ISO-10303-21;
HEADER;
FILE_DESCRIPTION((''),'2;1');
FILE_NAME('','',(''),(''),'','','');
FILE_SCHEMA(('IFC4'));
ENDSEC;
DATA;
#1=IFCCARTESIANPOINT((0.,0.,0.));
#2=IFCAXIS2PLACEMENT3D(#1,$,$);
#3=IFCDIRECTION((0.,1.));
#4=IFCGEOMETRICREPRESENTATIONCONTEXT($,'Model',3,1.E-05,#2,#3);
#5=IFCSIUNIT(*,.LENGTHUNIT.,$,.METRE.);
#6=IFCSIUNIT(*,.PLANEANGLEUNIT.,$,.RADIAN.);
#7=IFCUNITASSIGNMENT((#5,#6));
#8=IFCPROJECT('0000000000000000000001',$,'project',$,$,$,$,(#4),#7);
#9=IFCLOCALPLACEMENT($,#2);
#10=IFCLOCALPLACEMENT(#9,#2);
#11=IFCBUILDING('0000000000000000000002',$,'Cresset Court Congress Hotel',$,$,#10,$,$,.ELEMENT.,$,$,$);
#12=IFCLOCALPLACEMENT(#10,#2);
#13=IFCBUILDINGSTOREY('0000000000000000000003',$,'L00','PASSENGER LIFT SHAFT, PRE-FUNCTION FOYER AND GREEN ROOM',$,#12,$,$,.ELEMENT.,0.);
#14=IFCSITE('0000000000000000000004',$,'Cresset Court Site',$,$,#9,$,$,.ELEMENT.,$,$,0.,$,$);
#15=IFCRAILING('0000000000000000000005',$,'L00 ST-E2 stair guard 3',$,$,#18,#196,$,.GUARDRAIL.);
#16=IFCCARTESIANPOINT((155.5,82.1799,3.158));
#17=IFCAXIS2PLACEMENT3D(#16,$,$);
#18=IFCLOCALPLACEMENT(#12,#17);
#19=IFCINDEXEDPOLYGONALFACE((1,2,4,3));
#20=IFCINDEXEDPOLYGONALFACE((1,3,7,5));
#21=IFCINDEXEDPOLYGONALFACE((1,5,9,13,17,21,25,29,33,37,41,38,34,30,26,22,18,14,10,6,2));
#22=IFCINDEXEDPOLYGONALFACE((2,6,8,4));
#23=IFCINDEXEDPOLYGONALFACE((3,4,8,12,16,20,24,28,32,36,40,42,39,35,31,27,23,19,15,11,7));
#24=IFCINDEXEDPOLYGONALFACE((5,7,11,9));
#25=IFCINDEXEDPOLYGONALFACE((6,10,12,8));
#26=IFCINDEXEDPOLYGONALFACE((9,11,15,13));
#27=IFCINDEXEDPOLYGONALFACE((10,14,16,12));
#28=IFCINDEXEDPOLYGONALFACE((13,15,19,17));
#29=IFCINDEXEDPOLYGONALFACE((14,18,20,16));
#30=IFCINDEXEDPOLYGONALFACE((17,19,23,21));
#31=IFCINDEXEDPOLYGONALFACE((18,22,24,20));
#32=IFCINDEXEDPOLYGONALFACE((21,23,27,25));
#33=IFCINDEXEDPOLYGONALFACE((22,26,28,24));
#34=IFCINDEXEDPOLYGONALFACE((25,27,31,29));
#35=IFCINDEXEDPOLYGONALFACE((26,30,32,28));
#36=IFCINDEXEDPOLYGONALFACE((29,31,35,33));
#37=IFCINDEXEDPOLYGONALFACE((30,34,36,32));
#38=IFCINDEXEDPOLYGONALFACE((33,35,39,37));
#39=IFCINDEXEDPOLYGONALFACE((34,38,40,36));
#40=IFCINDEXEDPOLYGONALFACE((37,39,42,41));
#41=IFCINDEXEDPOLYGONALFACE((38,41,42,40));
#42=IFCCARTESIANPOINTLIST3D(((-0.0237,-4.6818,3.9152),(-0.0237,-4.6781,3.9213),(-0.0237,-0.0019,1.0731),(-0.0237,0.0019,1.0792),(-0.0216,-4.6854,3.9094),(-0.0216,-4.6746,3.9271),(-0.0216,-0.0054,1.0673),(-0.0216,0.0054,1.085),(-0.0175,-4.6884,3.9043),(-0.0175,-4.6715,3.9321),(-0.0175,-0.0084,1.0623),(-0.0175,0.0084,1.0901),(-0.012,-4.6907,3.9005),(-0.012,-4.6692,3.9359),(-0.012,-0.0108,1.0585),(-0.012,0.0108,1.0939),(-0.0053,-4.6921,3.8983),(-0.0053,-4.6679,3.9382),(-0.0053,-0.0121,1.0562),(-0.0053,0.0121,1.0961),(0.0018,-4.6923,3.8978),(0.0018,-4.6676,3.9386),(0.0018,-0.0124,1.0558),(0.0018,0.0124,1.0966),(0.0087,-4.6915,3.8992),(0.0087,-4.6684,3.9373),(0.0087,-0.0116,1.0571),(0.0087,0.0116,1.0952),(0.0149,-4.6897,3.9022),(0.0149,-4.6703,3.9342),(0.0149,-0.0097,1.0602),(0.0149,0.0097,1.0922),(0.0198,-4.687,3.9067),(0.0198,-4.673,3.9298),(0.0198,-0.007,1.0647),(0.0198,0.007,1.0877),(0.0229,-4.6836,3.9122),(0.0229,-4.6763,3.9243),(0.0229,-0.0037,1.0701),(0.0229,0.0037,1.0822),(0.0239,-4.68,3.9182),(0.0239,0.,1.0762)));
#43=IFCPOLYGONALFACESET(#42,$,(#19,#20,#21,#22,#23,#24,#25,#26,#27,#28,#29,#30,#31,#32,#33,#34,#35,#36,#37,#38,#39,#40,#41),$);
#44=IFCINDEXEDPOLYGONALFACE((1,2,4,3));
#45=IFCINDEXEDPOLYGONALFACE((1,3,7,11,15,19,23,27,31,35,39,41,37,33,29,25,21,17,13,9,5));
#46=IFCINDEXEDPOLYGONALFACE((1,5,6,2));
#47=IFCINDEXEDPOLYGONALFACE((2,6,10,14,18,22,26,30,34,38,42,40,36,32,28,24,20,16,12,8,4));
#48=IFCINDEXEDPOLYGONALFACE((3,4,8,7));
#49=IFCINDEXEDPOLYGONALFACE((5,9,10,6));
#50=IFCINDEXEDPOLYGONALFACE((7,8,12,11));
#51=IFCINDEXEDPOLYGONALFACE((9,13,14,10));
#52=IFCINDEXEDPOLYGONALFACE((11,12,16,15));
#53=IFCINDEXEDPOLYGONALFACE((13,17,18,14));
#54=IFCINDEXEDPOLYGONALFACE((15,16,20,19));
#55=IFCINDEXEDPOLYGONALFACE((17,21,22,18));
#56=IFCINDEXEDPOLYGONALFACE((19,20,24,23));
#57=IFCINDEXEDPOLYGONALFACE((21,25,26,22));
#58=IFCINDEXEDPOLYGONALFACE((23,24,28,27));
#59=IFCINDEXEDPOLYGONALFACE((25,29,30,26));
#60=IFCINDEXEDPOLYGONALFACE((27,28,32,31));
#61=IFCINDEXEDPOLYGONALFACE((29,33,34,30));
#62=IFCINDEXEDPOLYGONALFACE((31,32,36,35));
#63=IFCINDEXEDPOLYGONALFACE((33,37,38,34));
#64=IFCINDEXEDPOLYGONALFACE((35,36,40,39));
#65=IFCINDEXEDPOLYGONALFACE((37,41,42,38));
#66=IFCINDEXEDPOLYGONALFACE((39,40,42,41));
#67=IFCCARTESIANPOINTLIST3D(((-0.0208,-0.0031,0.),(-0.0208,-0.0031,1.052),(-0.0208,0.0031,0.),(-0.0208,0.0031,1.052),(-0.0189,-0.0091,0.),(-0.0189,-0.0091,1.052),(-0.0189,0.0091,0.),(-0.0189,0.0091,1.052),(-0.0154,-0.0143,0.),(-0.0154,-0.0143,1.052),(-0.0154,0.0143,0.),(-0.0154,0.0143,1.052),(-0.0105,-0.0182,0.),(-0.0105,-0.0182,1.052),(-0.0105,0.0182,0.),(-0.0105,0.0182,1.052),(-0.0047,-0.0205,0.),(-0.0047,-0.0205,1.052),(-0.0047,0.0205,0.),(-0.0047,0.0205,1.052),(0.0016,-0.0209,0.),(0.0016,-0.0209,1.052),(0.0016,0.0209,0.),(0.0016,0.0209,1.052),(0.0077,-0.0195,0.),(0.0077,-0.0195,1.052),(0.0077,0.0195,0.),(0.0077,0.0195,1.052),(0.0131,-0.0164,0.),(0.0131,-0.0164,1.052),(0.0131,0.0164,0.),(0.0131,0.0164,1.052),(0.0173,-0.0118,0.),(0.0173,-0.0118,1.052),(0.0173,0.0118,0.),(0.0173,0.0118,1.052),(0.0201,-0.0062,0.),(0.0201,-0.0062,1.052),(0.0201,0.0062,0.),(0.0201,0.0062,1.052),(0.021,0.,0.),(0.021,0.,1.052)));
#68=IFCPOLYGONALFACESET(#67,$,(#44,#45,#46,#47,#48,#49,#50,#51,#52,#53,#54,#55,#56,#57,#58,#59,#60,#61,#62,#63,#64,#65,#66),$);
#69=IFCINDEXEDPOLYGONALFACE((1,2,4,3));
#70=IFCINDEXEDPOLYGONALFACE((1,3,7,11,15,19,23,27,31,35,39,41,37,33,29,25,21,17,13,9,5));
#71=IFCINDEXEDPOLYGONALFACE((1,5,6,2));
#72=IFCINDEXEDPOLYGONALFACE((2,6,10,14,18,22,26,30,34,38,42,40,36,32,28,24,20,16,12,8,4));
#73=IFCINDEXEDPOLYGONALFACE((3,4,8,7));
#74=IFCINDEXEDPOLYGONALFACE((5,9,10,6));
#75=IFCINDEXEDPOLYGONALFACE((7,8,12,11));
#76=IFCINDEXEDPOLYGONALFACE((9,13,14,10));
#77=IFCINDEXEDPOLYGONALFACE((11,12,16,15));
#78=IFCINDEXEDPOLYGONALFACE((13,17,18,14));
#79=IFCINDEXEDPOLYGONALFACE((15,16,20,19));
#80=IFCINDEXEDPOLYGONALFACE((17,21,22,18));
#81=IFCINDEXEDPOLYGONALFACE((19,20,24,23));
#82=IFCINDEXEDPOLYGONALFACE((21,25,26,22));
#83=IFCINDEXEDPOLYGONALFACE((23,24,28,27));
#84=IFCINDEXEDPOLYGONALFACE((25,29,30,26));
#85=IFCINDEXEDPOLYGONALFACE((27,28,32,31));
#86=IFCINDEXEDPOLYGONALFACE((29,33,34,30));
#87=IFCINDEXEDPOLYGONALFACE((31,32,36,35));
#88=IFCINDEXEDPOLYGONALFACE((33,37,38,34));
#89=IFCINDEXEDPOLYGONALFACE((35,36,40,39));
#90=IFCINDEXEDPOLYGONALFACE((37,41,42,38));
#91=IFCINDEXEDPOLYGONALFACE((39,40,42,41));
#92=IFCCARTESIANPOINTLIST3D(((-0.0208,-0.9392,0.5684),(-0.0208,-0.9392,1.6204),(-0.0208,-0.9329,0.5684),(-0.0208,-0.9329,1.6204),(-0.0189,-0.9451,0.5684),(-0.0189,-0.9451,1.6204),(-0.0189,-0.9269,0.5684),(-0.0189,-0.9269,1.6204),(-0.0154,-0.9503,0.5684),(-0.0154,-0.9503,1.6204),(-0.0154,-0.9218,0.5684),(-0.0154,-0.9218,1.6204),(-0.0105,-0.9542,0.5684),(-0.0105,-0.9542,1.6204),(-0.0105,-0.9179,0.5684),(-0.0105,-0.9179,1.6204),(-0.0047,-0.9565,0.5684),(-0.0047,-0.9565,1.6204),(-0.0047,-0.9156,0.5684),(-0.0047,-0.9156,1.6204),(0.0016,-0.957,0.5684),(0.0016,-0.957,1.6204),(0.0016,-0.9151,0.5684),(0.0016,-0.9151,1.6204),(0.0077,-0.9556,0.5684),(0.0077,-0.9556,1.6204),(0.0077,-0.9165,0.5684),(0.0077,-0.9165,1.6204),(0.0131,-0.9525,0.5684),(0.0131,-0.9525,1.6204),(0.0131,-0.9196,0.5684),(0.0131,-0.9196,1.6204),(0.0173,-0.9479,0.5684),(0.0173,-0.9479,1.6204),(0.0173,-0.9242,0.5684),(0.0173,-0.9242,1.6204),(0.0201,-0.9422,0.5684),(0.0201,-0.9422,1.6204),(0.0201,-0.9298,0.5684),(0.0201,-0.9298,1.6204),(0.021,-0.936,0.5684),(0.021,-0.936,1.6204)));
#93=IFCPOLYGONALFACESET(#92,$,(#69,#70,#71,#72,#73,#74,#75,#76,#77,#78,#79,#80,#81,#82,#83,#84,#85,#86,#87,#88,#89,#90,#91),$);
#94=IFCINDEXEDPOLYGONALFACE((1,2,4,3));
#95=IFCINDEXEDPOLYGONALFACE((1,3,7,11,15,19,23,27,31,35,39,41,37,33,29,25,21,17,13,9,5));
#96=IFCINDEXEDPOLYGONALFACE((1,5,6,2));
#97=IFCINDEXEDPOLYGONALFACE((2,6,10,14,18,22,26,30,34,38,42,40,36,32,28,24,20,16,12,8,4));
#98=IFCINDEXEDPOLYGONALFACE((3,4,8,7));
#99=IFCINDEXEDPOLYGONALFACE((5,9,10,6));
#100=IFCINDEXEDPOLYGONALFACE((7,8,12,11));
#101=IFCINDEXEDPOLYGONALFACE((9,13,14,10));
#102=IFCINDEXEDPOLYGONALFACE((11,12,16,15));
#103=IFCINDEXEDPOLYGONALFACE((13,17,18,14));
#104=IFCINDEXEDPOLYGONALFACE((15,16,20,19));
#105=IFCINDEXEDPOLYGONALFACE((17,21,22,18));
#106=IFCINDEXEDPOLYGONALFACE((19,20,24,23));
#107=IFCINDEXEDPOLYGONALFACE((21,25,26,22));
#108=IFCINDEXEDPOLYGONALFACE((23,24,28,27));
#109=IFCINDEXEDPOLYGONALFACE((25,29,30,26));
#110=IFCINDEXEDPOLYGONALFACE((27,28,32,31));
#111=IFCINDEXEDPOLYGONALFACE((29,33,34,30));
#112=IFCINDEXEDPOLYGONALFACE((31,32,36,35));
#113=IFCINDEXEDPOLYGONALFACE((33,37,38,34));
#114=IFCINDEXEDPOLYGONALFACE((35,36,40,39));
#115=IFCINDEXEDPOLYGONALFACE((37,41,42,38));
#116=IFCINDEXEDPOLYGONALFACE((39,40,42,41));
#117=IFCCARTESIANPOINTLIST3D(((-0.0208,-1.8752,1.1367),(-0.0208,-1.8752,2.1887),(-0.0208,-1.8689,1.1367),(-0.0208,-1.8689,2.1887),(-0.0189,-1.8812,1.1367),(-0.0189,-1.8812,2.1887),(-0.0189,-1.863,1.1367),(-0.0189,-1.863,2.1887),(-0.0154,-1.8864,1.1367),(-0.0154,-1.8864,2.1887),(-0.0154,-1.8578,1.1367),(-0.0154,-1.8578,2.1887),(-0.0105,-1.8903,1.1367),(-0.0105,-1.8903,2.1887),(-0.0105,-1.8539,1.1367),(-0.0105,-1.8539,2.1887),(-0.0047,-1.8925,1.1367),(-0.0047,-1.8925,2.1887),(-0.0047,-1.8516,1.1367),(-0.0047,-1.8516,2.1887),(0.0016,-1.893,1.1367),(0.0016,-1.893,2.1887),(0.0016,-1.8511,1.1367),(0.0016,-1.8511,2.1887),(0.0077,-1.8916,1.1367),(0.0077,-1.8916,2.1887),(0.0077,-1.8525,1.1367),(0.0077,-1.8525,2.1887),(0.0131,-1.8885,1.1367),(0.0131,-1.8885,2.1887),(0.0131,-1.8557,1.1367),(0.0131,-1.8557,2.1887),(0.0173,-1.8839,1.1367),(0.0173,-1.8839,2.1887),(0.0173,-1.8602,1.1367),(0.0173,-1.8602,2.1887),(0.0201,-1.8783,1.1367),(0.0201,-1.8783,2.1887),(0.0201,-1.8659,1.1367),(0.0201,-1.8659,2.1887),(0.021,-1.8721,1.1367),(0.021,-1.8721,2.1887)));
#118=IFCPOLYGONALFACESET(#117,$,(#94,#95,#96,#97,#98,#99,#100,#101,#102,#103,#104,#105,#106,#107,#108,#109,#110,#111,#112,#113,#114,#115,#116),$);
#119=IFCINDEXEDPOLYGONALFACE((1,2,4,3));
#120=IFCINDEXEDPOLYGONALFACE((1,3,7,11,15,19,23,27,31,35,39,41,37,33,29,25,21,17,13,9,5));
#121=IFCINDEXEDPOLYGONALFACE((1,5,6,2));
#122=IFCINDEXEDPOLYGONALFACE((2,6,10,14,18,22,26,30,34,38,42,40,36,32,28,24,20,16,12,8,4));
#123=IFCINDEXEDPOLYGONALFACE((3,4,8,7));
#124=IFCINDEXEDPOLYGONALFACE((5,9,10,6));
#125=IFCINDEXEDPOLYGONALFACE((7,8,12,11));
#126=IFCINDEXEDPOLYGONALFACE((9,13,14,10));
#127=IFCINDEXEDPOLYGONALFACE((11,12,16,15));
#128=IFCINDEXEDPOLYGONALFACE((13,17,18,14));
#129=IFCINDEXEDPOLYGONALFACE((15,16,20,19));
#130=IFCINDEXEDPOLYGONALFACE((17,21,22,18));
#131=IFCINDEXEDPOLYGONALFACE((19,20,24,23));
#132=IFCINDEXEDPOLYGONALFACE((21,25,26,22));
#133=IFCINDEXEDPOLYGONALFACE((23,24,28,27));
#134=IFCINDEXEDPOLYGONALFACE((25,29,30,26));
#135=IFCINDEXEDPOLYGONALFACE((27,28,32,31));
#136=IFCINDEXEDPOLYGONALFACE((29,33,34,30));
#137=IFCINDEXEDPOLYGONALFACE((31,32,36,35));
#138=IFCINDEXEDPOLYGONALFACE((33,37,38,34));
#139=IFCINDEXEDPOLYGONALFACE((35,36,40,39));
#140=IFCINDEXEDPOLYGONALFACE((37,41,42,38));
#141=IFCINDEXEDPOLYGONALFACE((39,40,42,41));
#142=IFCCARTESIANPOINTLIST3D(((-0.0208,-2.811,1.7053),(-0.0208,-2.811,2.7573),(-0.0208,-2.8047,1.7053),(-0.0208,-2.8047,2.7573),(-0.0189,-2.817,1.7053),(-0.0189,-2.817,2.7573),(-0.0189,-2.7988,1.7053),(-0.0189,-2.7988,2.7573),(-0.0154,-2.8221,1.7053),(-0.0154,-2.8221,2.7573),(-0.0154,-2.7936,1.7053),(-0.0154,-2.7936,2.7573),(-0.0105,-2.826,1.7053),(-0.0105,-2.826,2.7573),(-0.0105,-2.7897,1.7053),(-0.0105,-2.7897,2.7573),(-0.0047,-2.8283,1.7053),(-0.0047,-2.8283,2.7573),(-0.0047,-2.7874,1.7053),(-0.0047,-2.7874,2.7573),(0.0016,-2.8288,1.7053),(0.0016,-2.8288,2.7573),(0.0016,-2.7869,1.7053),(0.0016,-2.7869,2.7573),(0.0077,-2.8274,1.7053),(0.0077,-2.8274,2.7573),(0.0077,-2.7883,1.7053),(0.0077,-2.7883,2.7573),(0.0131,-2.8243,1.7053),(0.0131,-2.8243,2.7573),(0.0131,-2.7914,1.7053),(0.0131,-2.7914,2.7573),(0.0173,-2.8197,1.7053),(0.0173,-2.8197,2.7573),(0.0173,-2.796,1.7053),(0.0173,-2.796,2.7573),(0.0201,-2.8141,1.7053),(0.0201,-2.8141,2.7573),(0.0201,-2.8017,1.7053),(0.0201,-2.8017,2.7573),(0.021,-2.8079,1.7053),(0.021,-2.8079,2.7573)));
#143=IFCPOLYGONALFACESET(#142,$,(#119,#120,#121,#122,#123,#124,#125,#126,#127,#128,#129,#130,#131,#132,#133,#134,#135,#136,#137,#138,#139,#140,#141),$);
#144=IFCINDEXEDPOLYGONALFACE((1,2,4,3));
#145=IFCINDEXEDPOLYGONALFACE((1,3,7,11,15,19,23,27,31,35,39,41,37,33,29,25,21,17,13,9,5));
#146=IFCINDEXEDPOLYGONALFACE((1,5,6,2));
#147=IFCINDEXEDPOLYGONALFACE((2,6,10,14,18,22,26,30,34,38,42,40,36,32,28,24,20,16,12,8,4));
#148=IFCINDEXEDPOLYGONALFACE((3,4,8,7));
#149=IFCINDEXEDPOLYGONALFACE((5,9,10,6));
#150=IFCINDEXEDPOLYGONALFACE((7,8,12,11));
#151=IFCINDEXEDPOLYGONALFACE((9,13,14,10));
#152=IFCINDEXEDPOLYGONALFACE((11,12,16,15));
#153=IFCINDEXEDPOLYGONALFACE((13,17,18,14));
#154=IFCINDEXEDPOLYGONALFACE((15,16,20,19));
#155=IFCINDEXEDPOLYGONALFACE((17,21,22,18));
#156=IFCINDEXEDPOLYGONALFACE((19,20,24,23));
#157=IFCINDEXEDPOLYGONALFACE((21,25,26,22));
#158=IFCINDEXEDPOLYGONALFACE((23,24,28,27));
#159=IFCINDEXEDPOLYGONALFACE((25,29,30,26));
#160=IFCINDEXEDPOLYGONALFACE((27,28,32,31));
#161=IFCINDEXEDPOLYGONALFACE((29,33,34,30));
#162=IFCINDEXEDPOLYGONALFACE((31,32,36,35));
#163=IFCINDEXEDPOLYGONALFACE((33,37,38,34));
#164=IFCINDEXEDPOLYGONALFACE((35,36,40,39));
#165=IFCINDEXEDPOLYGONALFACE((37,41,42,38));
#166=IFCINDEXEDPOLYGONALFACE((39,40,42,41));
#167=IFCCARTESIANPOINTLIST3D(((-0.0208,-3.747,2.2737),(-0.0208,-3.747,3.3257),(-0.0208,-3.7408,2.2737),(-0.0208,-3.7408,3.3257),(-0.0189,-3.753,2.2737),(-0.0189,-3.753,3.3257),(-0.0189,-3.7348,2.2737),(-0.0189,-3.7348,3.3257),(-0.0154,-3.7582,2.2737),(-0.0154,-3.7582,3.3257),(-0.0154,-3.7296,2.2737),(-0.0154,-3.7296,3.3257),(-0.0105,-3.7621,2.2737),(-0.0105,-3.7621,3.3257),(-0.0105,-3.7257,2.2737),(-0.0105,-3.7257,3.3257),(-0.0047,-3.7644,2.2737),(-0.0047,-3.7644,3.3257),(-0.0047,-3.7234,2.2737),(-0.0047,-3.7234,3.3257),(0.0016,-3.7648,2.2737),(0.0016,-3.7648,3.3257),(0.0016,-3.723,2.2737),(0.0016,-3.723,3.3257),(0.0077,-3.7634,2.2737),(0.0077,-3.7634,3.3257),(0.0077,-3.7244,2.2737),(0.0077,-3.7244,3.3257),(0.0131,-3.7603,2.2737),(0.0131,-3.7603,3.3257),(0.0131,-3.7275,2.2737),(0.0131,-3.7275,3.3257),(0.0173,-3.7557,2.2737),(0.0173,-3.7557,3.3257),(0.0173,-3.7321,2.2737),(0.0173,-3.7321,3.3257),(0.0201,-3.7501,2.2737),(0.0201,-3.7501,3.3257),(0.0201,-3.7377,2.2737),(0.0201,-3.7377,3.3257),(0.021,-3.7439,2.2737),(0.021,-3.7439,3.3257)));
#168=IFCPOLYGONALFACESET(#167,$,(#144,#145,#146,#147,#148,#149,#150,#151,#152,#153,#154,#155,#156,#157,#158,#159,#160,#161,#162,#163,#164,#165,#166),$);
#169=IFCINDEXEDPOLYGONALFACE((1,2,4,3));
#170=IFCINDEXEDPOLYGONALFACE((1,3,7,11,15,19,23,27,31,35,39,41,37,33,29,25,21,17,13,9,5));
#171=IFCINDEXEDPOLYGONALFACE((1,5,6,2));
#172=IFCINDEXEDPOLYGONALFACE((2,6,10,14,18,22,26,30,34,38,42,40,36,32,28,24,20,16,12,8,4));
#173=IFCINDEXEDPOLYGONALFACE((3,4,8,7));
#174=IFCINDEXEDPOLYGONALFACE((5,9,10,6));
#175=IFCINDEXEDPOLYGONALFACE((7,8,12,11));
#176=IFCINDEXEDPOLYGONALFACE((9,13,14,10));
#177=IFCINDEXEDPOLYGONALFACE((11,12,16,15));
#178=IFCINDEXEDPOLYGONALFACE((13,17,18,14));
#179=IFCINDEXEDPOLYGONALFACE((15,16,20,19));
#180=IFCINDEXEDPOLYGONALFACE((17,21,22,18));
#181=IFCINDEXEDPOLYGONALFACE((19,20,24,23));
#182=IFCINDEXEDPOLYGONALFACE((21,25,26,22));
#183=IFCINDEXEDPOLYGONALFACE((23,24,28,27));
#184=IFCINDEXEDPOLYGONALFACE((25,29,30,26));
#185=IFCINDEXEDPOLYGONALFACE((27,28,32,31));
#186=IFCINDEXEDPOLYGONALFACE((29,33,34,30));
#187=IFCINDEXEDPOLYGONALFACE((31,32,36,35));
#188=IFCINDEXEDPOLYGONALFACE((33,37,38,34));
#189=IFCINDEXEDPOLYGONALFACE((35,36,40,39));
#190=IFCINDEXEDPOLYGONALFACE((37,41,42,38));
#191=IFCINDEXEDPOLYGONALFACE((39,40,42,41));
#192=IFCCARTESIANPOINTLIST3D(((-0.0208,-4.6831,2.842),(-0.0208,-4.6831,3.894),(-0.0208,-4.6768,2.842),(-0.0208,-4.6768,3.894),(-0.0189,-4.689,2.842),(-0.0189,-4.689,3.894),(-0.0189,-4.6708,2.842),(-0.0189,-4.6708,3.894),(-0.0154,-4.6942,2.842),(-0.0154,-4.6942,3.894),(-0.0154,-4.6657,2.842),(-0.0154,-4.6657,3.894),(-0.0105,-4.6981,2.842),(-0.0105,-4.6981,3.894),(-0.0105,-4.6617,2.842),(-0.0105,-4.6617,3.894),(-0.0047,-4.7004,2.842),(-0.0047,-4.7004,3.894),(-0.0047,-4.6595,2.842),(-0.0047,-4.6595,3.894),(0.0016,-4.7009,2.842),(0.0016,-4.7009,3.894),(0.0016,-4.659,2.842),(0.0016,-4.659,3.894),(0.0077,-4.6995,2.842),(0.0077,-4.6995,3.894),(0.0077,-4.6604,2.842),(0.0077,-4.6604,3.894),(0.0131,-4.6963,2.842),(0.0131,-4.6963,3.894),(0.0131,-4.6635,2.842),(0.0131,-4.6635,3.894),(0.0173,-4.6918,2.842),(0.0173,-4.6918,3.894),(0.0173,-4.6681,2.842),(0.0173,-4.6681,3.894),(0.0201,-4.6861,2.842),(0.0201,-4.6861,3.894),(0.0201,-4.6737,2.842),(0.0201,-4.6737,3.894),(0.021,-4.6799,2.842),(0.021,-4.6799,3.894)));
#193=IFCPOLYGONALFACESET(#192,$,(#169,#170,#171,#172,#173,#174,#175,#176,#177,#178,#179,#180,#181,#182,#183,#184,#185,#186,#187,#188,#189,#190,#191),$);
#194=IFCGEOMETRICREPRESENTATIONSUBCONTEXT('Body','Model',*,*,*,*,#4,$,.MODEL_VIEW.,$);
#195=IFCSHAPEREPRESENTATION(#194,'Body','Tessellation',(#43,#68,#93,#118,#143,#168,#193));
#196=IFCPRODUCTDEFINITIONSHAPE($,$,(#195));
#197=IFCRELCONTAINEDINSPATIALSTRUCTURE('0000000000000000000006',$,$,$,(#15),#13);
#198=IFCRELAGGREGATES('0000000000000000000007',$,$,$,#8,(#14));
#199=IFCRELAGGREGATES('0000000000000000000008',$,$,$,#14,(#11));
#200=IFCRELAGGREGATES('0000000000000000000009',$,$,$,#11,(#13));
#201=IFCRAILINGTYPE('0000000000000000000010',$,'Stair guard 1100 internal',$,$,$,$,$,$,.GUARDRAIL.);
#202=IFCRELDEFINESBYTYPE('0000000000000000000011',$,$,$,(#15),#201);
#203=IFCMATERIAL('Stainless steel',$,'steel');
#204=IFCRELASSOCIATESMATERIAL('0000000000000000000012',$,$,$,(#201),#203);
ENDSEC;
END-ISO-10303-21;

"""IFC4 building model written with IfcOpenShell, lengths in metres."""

from ifc_helpers import new_model, si_unit, direction, frame, origin, origin_2d, place, context, subcontext, project, spatial, circle, extrude, material, type_object, element, save


model = new_model("IFC4")

# Units and contexts
model_context = context("Model", 3, precision=1e-05, world=origin(), true_north=direction((0.0, 1.0)))
body_context = subcontext(model_context, "Body", "Model", "MODEL_VIEW")
ifc_project = project(units=[si_unit("LENGTHUNIT", "METRE"), si_unit("PLANEANGLEUNIT", "RADIAN")], contexts=[model_context])

# Site, building, storey
site_placement = place(None, origin())
site = spatial("IfcSite", under=ifc_project, at=site_placement, Name="Cresset Court Site", CompositionType="ELEMENT", RefElevation=0.0)
building_placement = place(site_placement, origin())
building = spatial("IfcBuilding", under=site, at=building_placement, Name="Cresset Court Congress Hotel", CompositionType="ELEMENT")
storey_placement = place(building_placement, origin())
storey = spatial("IfcBuildingStorey", under=building, at=storey_placement, Name="L00", Description="PASSENGER LIFT SHAFT, PRE-FUNCTION FOYER AND GREEN ROOM", CompositionType="ELEMENT", Elevation=0.0)

# Railing
ifc_material_1 = material(Name="Stainless steel", Category="steel")
railing_type_1 = type_object("IfcRailingType", Name="Stair guard 1100 internal", PredefinedType="GUARDRAIL", material=ifc_material_1)
railing_1_placement = place(storey_placement, frame((155.5, 82.1799, 3.158)))
element("IfcRailing", 1, at=railing_1_placement, inside=storey, type_object=railing_type_1, Name="L00 ST-E2 stair guard 3", PredefinedType="GUARDRAIL", context=body_context, shape_type="SweptSolid", body=[
    extrude(circle(Radius=0.0239, at=origin_2d()), frame((0.0, 0.0, 1.0762), z_axis=(0.0, -0.854735, 0.519065), x_axis=(1.0, 0.0, 0.0)), (0.0, 0.0, 1.0), 5.4753),
    extrude(circle(Radius=0.021, at=origin_2d()), origin(), (0.0, 0.0, 1.0), 1.052),
    extrude(circle(Radius=0.021, at=origin_2d()), frame((0.0, -0.936, 0.5684)), (0.0, 0.0, 1.0), 1.052),
    extrude(circle(Radius=0.021, at=origin_2d()), frame((0.0, -1.8721, 1.1367)), (0.0, 0.0, 1.0), 1.052),
    extrude(circle(Radius=0.021, at=origin_2d()), frame((0.0, -2.8079, 1.7053)), (0.0, 0.0, 1.0), 1.052),
    extrude(circle(Radius=0.021, at=origin_2d()), frame((0.0, -3.7439, 2.2737)), (0.0, 0.0, 1.0), 1.052),
    extrude(circle(Radius=0.021, at=origin_2d()), frame((0.0, -4.6799, 2.842)), (0.0, 0.0, 1.0), 1.052),
])

save(model, "model.ifc")
